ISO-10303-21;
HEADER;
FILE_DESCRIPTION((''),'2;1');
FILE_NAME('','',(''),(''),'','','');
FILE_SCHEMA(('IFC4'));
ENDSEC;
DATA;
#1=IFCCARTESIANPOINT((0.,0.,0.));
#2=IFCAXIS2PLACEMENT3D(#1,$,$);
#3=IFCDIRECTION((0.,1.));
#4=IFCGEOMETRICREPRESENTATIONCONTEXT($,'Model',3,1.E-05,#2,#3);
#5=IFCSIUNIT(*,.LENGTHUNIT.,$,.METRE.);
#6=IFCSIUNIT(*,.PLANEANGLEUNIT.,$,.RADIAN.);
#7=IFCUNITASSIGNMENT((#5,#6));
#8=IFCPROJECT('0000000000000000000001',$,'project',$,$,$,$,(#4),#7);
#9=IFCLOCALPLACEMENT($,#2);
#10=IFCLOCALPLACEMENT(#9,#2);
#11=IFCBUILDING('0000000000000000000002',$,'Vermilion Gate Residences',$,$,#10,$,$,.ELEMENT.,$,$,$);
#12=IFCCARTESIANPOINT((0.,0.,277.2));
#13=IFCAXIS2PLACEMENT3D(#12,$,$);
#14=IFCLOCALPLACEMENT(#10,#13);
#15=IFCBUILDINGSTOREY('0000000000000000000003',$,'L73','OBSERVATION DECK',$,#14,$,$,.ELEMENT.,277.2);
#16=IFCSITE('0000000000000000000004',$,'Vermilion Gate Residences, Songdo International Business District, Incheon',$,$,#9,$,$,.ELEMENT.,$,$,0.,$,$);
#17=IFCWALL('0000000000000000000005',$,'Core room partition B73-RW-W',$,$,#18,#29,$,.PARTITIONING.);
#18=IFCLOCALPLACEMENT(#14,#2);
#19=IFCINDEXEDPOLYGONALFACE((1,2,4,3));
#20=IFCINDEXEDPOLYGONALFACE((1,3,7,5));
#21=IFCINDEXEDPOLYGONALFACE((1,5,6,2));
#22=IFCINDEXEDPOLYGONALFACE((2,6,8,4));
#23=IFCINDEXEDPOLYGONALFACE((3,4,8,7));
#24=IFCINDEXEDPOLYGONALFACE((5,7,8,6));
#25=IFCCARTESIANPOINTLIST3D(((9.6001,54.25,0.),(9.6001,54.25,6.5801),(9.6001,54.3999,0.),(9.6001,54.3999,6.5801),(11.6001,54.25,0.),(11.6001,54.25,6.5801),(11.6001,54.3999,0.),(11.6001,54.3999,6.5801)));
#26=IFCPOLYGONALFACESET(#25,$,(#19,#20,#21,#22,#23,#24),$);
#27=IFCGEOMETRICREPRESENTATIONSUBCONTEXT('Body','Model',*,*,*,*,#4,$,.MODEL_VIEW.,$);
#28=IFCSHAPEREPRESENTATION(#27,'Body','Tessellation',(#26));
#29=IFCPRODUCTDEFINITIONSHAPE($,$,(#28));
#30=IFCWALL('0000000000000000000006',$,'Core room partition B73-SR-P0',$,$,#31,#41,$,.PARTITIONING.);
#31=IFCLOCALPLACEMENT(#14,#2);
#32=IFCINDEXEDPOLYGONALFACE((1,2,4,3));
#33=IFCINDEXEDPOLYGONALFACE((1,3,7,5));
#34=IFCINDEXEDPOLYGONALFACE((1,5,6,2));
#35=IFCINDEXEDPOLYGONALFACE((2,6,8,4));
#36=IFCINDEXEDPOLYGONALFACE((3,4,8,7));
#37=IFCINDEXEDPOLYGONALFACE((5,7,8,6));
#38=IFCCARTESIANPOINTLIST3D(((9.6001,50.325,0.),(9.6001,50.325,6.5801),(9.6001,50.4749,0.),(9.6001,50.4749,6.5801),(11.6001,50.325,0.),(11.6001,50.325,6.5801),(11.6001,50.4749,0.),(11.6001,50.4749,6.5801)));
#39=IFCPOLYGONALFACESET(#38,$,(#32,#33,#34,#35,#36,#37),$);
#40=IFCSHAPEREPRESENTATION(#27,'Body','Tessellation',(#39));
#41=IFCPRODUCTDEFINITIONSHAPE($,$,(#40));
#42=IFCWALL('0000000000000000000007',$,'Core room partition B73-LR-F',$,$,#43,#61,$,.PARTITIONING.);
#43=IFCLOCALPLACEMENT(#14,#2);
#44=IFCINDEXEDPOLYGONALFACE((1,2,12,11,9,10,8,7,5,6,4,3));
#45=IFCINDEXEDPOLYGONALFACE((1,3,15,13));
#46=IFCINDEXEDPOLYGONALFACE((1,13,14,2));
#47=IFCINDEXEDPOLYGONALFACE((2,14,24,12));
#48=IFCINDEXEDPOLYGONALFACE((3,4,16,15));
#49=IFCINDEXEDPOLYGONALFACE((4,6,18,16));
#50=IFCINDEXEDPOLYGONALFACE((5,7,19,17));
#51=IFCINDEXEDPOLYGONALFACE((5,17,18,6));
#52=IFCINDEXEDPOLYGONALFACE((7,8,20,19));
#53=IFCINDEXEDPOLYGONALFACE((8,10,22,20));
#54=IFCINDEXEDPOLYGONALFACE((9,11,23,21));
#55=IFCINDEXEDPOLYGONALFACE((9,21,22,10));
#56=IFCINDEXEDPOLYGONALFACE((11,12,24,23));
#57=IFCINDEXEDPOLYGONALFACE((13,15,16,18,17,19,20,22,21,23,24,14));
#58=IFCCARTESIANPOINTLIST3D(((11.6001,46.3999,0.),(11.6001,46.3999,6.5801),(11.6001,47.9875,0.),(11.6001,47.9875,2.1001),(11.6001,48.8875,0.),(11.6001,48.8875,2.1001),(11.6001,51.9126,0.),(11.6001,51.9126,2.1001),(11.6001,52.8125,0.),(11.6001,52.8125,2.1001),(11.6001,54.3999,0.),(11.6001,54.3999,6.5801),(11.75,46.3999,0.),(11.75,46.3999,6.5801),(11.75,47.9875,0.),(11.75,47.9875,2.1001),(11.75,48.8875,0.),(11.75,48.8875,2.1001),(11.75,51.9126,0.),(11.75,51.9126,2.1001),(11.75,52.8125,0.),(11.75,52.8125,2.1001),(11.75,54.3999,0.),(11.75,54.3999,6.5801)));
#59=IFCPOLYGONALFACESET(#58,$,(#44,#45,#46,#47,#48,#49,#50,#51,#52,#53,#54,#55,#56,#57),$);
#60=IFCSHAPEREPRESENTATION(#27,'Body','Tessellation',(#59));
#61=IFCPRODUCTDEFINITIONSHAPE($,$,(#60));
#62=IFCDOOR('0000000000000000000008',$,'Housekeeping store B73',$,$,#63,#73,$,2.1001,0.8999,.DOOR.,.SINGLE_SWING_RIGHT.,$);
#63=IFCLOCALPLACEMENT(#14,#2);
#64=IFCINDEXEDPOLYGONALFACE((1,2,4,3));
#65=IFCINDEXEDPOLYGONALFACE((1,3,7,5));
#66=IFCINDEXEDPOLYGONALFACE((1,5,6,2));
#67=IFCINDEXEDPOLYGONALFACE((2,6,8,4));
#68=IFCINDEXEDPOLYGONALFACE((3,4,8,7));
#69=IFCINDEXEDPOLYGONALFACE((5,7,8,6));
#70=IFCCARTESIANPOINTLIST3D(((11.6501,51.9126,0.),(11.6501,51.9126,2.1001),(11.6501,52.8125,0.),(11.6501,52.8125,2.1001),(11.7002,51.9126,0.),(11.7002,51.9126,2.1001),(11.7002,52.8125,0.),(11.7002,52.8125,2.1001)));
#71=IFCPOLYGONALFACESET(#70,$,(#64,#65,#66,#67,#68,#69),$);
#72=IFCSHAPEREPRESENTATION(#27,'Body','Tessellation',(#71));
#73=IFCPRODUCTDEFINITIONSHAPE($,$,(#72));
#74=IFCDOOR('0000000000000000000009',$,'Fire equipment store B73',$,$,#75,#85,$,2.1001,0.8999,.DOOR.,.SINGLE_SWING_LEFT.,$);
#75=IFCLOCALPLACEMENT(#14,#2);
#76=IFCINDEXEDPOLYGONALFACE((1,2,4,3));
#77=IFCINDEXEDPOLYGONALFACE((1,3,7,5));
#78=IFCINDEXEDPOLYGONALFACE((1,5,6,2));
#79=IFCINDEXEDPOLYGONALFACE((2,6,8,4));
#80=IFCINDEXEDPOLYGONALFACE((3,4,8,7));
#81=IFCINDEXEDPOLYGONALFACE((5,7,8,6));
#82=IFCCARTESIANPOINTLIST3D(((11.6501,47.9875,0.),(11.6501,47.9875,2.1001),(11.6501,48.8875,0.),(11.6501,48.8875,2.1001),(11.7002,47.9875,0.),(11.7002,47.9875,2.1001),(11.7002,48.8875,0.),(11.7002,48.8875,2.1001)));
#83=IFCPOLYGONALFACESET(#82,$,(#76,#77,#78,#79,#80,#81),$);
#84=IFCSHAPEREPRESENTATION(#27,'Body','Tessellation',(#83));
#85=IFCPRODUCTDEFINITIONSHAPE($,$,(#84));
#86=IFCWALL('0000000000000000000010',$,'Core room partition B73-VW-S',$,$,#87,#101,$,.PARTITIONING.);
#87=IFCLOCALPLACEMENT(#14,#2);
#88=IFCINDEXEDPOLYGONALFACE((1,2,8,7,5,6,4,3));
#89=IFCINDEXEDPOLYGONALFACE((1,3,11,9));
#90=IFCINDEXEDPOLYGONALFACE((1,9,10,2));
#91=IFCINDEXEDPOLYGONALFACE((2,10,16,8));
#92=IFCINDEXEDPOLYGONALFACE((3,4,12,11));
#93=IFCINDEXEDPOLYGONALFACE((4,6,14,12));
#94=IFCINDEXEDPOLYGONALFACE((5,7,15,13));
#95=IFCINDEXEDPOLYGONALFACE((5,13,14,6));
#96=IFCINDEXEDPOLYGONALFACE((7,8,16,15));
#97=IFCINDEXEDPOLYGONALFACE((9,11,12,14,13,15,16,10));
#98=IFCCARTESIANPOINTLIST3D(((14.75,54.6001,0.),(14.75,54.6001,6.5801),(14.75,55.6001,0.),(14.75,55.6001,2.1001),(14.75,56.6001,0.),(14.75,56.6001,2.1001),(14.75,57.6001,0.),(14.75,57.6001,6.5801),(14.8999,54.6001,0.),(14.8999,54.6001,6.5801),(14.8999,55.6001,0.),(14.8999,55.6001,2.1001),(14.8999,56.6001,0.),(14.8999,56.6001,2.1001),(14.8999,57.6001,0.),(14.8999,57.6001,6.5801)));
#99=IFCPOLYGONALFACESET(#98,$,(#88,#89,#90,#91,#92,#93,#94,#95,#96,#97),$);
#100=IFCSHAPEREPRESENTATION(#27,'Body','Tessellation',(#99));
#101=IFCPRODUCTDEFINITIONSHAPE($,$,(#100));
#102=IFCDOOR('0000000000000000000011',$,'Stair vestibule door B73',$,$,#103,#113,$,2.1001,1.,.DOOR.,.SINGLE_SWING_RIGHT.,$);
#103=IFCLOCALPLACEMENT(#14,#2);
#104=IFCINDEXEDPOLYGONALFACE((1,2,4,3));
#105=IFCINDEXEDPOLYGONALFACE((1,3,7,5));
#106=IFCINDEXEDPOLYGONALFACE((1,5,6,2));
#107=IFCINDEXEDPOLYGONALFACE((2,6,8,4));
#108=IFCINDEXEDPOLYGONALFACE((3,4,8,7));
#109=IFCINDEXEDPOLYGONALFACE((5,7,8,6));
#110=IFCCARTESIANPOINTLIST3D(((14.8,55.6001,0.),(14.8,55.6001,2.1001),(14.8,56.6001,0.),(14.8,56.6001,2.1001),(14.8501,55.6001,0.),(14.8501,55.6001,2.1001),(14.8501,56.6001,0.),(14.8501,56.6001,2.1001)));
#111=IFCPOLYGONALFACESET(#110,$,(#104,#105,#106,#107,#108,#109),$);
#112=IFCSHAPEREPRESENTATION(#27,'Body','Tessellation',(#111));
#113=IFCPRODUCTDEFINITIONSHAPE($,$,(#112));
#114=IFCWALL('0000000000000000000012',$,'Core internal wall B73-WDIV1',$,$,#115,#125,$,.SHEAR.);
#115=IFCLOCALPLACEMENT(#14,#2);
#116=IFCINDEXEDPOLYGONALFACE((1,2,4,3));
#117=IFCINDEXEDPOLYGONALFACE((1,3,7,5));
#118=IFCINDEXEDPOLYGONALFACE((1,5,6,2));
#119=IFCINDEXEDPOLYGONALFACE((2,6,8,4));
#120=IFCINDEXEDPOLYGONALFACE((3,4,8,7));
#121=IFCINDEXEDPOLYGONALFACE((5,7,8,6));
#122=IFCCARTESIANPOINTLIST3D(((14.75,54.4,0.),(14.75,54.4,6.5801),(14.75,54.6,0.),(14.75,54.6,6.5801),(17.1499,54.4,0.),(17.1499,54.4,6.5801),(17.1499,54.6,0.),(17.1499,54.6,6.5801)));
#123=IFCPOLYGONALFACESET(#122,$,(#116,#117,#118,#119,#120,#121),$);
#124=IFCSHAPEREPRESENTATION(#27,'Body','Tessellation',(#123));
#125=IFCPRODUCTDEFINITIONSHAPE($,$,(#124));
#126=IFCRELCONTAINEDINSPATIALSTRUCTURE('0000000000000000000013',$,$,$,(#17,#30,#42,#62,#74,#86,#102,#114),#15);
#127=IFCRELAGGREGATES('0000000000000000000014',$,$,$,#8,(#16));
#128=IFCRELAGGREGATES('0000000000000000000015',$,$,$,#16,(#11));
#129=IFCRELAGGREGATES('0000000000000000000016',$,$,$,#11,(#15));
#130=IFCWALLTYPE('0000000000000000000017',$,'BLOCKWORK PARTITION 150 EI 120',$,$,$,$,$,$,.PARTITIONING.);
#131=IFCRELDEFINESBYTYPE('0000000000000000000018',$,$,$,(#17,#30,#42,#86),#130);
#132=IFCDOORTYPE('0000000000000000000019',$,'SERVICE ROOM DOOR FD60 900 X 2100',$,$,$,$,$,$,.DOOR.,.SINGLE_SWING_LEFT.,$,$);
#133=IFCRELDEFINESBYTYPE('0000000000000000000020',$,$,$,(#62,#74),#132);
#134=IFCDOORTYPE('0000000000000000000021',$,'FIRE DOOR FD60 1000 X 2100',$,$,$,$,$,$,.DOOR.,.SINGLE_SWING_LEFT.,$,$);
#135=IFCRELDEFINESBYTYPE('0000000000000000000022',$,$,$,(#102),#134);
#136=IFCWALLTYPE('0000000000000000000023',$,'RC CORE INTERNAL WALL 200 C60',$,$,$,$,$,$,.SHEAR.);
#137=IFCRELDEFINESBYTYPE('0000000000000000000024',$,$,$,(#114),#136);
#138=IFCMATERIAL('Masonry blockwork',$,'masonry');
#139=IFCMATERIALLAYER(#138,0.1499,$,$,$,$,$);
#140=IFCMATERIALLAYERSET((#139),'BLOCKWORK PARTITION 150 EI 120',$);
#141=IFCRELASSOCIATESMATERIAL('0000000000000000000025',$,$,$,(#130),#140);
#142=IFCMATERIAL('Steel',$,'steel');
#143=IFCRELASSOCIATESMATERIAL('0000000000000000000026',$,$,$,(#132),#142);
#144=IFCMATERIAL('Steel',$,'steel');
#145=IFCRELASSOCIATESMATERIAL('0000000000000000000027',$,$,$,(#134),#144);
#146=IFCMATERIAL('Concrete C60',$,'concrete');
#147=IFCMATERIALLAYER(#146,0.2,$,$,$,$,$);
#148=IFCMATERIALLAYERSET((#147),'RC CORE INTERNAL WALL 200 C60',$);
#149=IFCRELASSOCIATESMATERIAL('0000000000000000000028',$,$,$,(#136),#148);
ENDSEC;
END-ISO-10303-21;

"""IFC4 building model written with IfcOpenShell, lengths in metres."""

from ifc_helpers import new_model, si_unit, direction, frame, frame_2d, origin, place, context, subcontext, project, spatial, rectangle, extrude, material, layer, layer_set, type_object, element, fill, save


model = new_model("IFC4")

# Units and contexts
model_context = context("Model", 3, precision=1e-05, world=origin(), true_north=direction((0.0, 1.0)))
body_context = subcontext(model_context, "Body", "Model", "MODEL_VIEW")
ifc_project = project(units=[si_unit("LENGTHUNIT", "METRE"), si_unit("PLANEANGLEUNIT", "RADIAN")], contexts=[model_context])

# Site, building, storey
site_placement = place(None, origin())
site = spatial("IfcSite", under=ifc_project, at=site_placement, Name="Vermilion Gate Residences, Songdo International Business District, Incheon", CompositionType="ELEMENT", RefElevation=0.0)
building_placement = place(site_placement, origin())
building = spatial("IfcBuilding", under=site, at=building_placement, Name="Vermilion Gate Residences", CompositionType="ELEMENT")
storey_placement = place(building_placement, frame((0.0, 0.0, 277.2)))
storey = spatial("IfcBuildingStorey", under=building, at=storey_placement, Name="L73", Description="OBSERVATION DECK", CompositionType="ELEMENT", Elevation=277.2)

# Walls
ifc_material_1 = material(Name="Masonry blockwork", Category="masonry")
ifc_layer_1 = layer(ifc_material_1, 0.1499)
ifc_layer_set_1 = layer_set([ifc_layer_1], Name="BLOCKWORK PARTITION 150 EI 120")
wall_type_1 = type_object("IfcWallType", Name="BLOCKWORK PARTITION 150 EI 120", PredefinedType="PARTITIONING", material=ifc_layer_set_1)
for number, where, z_axis, x_axis, name in (
    (1, (9.6001, 54.325, 0.0), (0.0, 0.0, 1.0), (1.0, 0.0, 0.0), "Core room partition B73-RW-W"),
    (2, (9.6001, 50.3999, 0.0), (0.0, 0.0, 1.0), (1.0, 0.0, 0.0), "Core room partition B73-SR-P0"),
):
    element("IfcWall", number, at=place(storey_placement, frame(where, z_axis=z_axis, x_axis=x_axis)), inside=storey, type_object=wall_type_1, Name=name, PredefinedType="PARTITIONING", context=body_context, shape_type="SweptSolid", body=[
        extrude(rectangle(XDim=2.0, YDim=0.1499, at=frame_2d((1.0, 0.0))), origin(), (0.0, 0.0, 1.0), 6.5801),
    ])

# Wall, openings, doors
wall_1_placement = place(storey_placement, frame((11.675, 54.3999, 0.0), z_axis=(0.0, 0.0, 1.0), x_axis=(0.0, -1.0, 0.0)))
wall_1 = element("IfcWall", 3, at=wall_1_placement, inside=storey, type_object=wall_type_1, Name="Core room partition B73-LR-F", PredefinedType="PARTITIONING", context=body_context, shape_type="SweptSolid", body=[
    extrude(rectangle(XDim=8.0, YDim=0.1499, at=frame_2d((4.0, 0.0))), origin(), (0.0, 0.0, 1.0), 6.5801),
])
opening_1_placement = place(wall_1_placement, frame((1.5874, 0.0, 0.0)))
opening_1 = element("IfcOpeningElement", 4, at=opening_1_placement, cuts=wall_1, PredefinedType="OPENING", context=body_context, shape_type="SweptSolid", body=[
    extrude(rectangle(XDim=0.8999, YDim=2.1001, at=frame_2d((0.45, 1.05))), frame((0.0, 0.085, 0.0), z_axis=(0.0, -1.0, 0.0), x_axis=(1.0, 0.0, 0.0)), (0.0, 0.0, 1.0), 0.1699),
])
opening_2_placement = place(wall_1_placement, frame((5.5125, 0.0, 0.0)))
opening_2 = element("IfcOpeningElement", 5, at=opening_2_placement, cuts=wall_1, PredefinedType="OPENING", context=body_context, shape_type="SweptSolid", body=[
    extrude(rectangle(XDim=0.8999, YDim=2.1001, at=frame_2d((0.45, 1.05))), frame((0.0, 0.085, 0.0), z_axis=(0.0, -1.0, 0.0), x_axis=(1.0, 0.0, 0.0)), (0.0, 0.0, 1.0), 0.1699),
])
ifc_material_2 = material(Name="Steel", Category="steel")
door_type_1 = type_object("IfcDoorType", Name="SERVICE ROOM DOOR FD60 900 X 2100", OperationType="SINGLE_SWING_LEFT", PredefinedType="DOOR", material=ifc_material_2)
door_1_placement = place(opening_1_placement, frame((0.8999, 0.0, 0.0), z_axis=(0.0, 0.0, 1.0), x_axis=(-1.0, 0.0, 0.0)))
door_1 = element("IfcDoor", 6, at=door_1_placement, inside=storey, type_object=door_type_1, Name="Housekeeping store B73", OperationType="SINGLE_SWING_RIGHT", OverallHeight=2.1001, OverallWidth=0.8999, PredefinedType="DOOR", context=body_context, shape_type="SweptSolid", body=[
    extrude(rectangle(XDim=0.8999, YDim=2.1001, at=frame_2d((0.45, 1.05))), frame((0.0, 0.0249, 0.0), z_axis=(0.0, -1.0, 0.0), x_axis=(1.0, 0.0, 0.0)), (0.0, 0.0, 1.0), 0.05),
])
fill(opening_1, door_1)
door_2_placement = place(opening_2_placement, frame((0.8999, 0.0, 0.0), z_axis=(0.0, 0.0, 1.0), x_axis=(-1.0, 0.0, 0.0)))
door_2 = element("IfcDoor", 7, at=door_2_placement, inside=storey, type_object=door_type_1, Name="Fire equipment store B73", OperationType="SINGLE_SWING_LEFT", OverallHeight=2.1001, OverallWidth=0.8999, PredefinedType="DOOR", context=body_context, shape_type="SweptSolid", body=[
    extrude(rectangle(XDim=0.8999, YDim=2.1001, at=frame_2d((0.45, 1.05))), frame((0.0, 0.0249, 0.0), z_axis=(0.0, -1.0, 0.0), x_axis=(1.0, 0.0, 0.0)), (0.0, 0.0, 1.0), 0.05),
])
fill(opening_2, door_2)

# Wall, opening, door
wall_2_placement = place(storey_placement, frame((14.825, 57.6001, 0.0), z_axis=(0.0, 0.0, 1.0), x_axis=(0.0, -1.0, 0.0)))
wall_2 = element("IfcWall", 8, at=wall_2_placement, inside=storey, type_object=wall_type_1, Name="Core room partition B73-VW-S", PredefinedType="PARTITIONING", context=body_context, shape_type="SweptSolid", body=[
    extrude(rectangle(XDim=3.0, YDim=0.1499, at=frame_2d((1.5, 0.0))), origin(), (0.0, 0.0, 1.0), 6.5801),
])
opening_3_placement = place(wall_2_placement, frame((1.0, 0.0, 0.0)))
opening_3 = element("IfcOpeningElement", 9, at=opening_3_placement, cuts=wall_2, PredefinedType="OPENING", context=body_context, shape_type="SweptSolid", body=[
    extrude(rectangle(XDim=1.0, YDim=2.1001, at=frame_2d((0.5, 1.05))), frame((0.0, 0.085, 0.0), z_axis=(0.0, -1.0, 0.0), x_axis=(1.0, 0.0, 0.0)), (0.0, 0.0, 1.0), 0.1699),
])
ifc_material_3 = material(Name="Steel", Category="steel")
door_type_2 = type_object("IfcDoorType", Name="FIRE DOOR FD60 1000 X 2100", OperationType="SINGLE_SWING_LEFT", PredefinedType="DOOR", material=ifc_material_3)
door_3_placement = place(opening_3_placement, frame((1.0, 0.0, 0.0), z_axis=(0.0, 0.0, 1.0), x_axis=(-1.0, 0.0, 0.0)))
door_3 = element("IfcDoor", 10, at=door_3_placement, inside=storey, type_object=door_type_2, Name="Stair vestibule door B73", OperationType="SINGLE_SWING_RIGHT", OverallHeight=2.1001, OverallWidth=1.0, PredefinedType="DOOR", context=body_context, shape_type="SweptSolid", body=[
    extrude(rectangle(XDim=1.0, YDim=2.1001, at=frame_2d((0.5, 1.05))), frame((0.0, 0.0249, 0.0), z_axis=(0.0, -1.0, 0.0), x_axis=(1.0, 0.0, 0.0)), (0.0, 0.0, 1.0), 0.05),
])
fill(opening_3, door_3)

# Wall
ifc_material_4 = material(Name="Concrete C60", Category="concrete")
ifc_layer_2 = layer(ifc_material_4, 0.2)
ifc_layer_set_2 = layer_set([ifc_layer_2], Name="RC CORE INTERNAL WALL 200 C60")
wall_type_2 = type_object("IfcWallType", Name="RC CORE INTERNAL WALL 200 C60", PredefinedType="SHEAR", material=ifc_layer_set_2)
wall_3_placement = place(storey_placement, frame((14.75, 54.5, 0.0), z_axis=(0.0, 0.0, 1.0), x_axis=(1.0, 0.0, 0.0)))
element("IfcWall", 11, at=wall_3_placement, inside=storey, type_object=wall_type_2, Name="Core internal wall B73-WDIV1", PredefinedType="SHEAR", context=body_context, shape_type="SweptSolid", body=[
    extrude(rectangle(XDim=2.3999, YDim=0.2, at=frame_2d((1.2, 0.0))), origin(), (0.0, 0.0, 1.0), 6.5801),
])

save(model, "model.ifc")
